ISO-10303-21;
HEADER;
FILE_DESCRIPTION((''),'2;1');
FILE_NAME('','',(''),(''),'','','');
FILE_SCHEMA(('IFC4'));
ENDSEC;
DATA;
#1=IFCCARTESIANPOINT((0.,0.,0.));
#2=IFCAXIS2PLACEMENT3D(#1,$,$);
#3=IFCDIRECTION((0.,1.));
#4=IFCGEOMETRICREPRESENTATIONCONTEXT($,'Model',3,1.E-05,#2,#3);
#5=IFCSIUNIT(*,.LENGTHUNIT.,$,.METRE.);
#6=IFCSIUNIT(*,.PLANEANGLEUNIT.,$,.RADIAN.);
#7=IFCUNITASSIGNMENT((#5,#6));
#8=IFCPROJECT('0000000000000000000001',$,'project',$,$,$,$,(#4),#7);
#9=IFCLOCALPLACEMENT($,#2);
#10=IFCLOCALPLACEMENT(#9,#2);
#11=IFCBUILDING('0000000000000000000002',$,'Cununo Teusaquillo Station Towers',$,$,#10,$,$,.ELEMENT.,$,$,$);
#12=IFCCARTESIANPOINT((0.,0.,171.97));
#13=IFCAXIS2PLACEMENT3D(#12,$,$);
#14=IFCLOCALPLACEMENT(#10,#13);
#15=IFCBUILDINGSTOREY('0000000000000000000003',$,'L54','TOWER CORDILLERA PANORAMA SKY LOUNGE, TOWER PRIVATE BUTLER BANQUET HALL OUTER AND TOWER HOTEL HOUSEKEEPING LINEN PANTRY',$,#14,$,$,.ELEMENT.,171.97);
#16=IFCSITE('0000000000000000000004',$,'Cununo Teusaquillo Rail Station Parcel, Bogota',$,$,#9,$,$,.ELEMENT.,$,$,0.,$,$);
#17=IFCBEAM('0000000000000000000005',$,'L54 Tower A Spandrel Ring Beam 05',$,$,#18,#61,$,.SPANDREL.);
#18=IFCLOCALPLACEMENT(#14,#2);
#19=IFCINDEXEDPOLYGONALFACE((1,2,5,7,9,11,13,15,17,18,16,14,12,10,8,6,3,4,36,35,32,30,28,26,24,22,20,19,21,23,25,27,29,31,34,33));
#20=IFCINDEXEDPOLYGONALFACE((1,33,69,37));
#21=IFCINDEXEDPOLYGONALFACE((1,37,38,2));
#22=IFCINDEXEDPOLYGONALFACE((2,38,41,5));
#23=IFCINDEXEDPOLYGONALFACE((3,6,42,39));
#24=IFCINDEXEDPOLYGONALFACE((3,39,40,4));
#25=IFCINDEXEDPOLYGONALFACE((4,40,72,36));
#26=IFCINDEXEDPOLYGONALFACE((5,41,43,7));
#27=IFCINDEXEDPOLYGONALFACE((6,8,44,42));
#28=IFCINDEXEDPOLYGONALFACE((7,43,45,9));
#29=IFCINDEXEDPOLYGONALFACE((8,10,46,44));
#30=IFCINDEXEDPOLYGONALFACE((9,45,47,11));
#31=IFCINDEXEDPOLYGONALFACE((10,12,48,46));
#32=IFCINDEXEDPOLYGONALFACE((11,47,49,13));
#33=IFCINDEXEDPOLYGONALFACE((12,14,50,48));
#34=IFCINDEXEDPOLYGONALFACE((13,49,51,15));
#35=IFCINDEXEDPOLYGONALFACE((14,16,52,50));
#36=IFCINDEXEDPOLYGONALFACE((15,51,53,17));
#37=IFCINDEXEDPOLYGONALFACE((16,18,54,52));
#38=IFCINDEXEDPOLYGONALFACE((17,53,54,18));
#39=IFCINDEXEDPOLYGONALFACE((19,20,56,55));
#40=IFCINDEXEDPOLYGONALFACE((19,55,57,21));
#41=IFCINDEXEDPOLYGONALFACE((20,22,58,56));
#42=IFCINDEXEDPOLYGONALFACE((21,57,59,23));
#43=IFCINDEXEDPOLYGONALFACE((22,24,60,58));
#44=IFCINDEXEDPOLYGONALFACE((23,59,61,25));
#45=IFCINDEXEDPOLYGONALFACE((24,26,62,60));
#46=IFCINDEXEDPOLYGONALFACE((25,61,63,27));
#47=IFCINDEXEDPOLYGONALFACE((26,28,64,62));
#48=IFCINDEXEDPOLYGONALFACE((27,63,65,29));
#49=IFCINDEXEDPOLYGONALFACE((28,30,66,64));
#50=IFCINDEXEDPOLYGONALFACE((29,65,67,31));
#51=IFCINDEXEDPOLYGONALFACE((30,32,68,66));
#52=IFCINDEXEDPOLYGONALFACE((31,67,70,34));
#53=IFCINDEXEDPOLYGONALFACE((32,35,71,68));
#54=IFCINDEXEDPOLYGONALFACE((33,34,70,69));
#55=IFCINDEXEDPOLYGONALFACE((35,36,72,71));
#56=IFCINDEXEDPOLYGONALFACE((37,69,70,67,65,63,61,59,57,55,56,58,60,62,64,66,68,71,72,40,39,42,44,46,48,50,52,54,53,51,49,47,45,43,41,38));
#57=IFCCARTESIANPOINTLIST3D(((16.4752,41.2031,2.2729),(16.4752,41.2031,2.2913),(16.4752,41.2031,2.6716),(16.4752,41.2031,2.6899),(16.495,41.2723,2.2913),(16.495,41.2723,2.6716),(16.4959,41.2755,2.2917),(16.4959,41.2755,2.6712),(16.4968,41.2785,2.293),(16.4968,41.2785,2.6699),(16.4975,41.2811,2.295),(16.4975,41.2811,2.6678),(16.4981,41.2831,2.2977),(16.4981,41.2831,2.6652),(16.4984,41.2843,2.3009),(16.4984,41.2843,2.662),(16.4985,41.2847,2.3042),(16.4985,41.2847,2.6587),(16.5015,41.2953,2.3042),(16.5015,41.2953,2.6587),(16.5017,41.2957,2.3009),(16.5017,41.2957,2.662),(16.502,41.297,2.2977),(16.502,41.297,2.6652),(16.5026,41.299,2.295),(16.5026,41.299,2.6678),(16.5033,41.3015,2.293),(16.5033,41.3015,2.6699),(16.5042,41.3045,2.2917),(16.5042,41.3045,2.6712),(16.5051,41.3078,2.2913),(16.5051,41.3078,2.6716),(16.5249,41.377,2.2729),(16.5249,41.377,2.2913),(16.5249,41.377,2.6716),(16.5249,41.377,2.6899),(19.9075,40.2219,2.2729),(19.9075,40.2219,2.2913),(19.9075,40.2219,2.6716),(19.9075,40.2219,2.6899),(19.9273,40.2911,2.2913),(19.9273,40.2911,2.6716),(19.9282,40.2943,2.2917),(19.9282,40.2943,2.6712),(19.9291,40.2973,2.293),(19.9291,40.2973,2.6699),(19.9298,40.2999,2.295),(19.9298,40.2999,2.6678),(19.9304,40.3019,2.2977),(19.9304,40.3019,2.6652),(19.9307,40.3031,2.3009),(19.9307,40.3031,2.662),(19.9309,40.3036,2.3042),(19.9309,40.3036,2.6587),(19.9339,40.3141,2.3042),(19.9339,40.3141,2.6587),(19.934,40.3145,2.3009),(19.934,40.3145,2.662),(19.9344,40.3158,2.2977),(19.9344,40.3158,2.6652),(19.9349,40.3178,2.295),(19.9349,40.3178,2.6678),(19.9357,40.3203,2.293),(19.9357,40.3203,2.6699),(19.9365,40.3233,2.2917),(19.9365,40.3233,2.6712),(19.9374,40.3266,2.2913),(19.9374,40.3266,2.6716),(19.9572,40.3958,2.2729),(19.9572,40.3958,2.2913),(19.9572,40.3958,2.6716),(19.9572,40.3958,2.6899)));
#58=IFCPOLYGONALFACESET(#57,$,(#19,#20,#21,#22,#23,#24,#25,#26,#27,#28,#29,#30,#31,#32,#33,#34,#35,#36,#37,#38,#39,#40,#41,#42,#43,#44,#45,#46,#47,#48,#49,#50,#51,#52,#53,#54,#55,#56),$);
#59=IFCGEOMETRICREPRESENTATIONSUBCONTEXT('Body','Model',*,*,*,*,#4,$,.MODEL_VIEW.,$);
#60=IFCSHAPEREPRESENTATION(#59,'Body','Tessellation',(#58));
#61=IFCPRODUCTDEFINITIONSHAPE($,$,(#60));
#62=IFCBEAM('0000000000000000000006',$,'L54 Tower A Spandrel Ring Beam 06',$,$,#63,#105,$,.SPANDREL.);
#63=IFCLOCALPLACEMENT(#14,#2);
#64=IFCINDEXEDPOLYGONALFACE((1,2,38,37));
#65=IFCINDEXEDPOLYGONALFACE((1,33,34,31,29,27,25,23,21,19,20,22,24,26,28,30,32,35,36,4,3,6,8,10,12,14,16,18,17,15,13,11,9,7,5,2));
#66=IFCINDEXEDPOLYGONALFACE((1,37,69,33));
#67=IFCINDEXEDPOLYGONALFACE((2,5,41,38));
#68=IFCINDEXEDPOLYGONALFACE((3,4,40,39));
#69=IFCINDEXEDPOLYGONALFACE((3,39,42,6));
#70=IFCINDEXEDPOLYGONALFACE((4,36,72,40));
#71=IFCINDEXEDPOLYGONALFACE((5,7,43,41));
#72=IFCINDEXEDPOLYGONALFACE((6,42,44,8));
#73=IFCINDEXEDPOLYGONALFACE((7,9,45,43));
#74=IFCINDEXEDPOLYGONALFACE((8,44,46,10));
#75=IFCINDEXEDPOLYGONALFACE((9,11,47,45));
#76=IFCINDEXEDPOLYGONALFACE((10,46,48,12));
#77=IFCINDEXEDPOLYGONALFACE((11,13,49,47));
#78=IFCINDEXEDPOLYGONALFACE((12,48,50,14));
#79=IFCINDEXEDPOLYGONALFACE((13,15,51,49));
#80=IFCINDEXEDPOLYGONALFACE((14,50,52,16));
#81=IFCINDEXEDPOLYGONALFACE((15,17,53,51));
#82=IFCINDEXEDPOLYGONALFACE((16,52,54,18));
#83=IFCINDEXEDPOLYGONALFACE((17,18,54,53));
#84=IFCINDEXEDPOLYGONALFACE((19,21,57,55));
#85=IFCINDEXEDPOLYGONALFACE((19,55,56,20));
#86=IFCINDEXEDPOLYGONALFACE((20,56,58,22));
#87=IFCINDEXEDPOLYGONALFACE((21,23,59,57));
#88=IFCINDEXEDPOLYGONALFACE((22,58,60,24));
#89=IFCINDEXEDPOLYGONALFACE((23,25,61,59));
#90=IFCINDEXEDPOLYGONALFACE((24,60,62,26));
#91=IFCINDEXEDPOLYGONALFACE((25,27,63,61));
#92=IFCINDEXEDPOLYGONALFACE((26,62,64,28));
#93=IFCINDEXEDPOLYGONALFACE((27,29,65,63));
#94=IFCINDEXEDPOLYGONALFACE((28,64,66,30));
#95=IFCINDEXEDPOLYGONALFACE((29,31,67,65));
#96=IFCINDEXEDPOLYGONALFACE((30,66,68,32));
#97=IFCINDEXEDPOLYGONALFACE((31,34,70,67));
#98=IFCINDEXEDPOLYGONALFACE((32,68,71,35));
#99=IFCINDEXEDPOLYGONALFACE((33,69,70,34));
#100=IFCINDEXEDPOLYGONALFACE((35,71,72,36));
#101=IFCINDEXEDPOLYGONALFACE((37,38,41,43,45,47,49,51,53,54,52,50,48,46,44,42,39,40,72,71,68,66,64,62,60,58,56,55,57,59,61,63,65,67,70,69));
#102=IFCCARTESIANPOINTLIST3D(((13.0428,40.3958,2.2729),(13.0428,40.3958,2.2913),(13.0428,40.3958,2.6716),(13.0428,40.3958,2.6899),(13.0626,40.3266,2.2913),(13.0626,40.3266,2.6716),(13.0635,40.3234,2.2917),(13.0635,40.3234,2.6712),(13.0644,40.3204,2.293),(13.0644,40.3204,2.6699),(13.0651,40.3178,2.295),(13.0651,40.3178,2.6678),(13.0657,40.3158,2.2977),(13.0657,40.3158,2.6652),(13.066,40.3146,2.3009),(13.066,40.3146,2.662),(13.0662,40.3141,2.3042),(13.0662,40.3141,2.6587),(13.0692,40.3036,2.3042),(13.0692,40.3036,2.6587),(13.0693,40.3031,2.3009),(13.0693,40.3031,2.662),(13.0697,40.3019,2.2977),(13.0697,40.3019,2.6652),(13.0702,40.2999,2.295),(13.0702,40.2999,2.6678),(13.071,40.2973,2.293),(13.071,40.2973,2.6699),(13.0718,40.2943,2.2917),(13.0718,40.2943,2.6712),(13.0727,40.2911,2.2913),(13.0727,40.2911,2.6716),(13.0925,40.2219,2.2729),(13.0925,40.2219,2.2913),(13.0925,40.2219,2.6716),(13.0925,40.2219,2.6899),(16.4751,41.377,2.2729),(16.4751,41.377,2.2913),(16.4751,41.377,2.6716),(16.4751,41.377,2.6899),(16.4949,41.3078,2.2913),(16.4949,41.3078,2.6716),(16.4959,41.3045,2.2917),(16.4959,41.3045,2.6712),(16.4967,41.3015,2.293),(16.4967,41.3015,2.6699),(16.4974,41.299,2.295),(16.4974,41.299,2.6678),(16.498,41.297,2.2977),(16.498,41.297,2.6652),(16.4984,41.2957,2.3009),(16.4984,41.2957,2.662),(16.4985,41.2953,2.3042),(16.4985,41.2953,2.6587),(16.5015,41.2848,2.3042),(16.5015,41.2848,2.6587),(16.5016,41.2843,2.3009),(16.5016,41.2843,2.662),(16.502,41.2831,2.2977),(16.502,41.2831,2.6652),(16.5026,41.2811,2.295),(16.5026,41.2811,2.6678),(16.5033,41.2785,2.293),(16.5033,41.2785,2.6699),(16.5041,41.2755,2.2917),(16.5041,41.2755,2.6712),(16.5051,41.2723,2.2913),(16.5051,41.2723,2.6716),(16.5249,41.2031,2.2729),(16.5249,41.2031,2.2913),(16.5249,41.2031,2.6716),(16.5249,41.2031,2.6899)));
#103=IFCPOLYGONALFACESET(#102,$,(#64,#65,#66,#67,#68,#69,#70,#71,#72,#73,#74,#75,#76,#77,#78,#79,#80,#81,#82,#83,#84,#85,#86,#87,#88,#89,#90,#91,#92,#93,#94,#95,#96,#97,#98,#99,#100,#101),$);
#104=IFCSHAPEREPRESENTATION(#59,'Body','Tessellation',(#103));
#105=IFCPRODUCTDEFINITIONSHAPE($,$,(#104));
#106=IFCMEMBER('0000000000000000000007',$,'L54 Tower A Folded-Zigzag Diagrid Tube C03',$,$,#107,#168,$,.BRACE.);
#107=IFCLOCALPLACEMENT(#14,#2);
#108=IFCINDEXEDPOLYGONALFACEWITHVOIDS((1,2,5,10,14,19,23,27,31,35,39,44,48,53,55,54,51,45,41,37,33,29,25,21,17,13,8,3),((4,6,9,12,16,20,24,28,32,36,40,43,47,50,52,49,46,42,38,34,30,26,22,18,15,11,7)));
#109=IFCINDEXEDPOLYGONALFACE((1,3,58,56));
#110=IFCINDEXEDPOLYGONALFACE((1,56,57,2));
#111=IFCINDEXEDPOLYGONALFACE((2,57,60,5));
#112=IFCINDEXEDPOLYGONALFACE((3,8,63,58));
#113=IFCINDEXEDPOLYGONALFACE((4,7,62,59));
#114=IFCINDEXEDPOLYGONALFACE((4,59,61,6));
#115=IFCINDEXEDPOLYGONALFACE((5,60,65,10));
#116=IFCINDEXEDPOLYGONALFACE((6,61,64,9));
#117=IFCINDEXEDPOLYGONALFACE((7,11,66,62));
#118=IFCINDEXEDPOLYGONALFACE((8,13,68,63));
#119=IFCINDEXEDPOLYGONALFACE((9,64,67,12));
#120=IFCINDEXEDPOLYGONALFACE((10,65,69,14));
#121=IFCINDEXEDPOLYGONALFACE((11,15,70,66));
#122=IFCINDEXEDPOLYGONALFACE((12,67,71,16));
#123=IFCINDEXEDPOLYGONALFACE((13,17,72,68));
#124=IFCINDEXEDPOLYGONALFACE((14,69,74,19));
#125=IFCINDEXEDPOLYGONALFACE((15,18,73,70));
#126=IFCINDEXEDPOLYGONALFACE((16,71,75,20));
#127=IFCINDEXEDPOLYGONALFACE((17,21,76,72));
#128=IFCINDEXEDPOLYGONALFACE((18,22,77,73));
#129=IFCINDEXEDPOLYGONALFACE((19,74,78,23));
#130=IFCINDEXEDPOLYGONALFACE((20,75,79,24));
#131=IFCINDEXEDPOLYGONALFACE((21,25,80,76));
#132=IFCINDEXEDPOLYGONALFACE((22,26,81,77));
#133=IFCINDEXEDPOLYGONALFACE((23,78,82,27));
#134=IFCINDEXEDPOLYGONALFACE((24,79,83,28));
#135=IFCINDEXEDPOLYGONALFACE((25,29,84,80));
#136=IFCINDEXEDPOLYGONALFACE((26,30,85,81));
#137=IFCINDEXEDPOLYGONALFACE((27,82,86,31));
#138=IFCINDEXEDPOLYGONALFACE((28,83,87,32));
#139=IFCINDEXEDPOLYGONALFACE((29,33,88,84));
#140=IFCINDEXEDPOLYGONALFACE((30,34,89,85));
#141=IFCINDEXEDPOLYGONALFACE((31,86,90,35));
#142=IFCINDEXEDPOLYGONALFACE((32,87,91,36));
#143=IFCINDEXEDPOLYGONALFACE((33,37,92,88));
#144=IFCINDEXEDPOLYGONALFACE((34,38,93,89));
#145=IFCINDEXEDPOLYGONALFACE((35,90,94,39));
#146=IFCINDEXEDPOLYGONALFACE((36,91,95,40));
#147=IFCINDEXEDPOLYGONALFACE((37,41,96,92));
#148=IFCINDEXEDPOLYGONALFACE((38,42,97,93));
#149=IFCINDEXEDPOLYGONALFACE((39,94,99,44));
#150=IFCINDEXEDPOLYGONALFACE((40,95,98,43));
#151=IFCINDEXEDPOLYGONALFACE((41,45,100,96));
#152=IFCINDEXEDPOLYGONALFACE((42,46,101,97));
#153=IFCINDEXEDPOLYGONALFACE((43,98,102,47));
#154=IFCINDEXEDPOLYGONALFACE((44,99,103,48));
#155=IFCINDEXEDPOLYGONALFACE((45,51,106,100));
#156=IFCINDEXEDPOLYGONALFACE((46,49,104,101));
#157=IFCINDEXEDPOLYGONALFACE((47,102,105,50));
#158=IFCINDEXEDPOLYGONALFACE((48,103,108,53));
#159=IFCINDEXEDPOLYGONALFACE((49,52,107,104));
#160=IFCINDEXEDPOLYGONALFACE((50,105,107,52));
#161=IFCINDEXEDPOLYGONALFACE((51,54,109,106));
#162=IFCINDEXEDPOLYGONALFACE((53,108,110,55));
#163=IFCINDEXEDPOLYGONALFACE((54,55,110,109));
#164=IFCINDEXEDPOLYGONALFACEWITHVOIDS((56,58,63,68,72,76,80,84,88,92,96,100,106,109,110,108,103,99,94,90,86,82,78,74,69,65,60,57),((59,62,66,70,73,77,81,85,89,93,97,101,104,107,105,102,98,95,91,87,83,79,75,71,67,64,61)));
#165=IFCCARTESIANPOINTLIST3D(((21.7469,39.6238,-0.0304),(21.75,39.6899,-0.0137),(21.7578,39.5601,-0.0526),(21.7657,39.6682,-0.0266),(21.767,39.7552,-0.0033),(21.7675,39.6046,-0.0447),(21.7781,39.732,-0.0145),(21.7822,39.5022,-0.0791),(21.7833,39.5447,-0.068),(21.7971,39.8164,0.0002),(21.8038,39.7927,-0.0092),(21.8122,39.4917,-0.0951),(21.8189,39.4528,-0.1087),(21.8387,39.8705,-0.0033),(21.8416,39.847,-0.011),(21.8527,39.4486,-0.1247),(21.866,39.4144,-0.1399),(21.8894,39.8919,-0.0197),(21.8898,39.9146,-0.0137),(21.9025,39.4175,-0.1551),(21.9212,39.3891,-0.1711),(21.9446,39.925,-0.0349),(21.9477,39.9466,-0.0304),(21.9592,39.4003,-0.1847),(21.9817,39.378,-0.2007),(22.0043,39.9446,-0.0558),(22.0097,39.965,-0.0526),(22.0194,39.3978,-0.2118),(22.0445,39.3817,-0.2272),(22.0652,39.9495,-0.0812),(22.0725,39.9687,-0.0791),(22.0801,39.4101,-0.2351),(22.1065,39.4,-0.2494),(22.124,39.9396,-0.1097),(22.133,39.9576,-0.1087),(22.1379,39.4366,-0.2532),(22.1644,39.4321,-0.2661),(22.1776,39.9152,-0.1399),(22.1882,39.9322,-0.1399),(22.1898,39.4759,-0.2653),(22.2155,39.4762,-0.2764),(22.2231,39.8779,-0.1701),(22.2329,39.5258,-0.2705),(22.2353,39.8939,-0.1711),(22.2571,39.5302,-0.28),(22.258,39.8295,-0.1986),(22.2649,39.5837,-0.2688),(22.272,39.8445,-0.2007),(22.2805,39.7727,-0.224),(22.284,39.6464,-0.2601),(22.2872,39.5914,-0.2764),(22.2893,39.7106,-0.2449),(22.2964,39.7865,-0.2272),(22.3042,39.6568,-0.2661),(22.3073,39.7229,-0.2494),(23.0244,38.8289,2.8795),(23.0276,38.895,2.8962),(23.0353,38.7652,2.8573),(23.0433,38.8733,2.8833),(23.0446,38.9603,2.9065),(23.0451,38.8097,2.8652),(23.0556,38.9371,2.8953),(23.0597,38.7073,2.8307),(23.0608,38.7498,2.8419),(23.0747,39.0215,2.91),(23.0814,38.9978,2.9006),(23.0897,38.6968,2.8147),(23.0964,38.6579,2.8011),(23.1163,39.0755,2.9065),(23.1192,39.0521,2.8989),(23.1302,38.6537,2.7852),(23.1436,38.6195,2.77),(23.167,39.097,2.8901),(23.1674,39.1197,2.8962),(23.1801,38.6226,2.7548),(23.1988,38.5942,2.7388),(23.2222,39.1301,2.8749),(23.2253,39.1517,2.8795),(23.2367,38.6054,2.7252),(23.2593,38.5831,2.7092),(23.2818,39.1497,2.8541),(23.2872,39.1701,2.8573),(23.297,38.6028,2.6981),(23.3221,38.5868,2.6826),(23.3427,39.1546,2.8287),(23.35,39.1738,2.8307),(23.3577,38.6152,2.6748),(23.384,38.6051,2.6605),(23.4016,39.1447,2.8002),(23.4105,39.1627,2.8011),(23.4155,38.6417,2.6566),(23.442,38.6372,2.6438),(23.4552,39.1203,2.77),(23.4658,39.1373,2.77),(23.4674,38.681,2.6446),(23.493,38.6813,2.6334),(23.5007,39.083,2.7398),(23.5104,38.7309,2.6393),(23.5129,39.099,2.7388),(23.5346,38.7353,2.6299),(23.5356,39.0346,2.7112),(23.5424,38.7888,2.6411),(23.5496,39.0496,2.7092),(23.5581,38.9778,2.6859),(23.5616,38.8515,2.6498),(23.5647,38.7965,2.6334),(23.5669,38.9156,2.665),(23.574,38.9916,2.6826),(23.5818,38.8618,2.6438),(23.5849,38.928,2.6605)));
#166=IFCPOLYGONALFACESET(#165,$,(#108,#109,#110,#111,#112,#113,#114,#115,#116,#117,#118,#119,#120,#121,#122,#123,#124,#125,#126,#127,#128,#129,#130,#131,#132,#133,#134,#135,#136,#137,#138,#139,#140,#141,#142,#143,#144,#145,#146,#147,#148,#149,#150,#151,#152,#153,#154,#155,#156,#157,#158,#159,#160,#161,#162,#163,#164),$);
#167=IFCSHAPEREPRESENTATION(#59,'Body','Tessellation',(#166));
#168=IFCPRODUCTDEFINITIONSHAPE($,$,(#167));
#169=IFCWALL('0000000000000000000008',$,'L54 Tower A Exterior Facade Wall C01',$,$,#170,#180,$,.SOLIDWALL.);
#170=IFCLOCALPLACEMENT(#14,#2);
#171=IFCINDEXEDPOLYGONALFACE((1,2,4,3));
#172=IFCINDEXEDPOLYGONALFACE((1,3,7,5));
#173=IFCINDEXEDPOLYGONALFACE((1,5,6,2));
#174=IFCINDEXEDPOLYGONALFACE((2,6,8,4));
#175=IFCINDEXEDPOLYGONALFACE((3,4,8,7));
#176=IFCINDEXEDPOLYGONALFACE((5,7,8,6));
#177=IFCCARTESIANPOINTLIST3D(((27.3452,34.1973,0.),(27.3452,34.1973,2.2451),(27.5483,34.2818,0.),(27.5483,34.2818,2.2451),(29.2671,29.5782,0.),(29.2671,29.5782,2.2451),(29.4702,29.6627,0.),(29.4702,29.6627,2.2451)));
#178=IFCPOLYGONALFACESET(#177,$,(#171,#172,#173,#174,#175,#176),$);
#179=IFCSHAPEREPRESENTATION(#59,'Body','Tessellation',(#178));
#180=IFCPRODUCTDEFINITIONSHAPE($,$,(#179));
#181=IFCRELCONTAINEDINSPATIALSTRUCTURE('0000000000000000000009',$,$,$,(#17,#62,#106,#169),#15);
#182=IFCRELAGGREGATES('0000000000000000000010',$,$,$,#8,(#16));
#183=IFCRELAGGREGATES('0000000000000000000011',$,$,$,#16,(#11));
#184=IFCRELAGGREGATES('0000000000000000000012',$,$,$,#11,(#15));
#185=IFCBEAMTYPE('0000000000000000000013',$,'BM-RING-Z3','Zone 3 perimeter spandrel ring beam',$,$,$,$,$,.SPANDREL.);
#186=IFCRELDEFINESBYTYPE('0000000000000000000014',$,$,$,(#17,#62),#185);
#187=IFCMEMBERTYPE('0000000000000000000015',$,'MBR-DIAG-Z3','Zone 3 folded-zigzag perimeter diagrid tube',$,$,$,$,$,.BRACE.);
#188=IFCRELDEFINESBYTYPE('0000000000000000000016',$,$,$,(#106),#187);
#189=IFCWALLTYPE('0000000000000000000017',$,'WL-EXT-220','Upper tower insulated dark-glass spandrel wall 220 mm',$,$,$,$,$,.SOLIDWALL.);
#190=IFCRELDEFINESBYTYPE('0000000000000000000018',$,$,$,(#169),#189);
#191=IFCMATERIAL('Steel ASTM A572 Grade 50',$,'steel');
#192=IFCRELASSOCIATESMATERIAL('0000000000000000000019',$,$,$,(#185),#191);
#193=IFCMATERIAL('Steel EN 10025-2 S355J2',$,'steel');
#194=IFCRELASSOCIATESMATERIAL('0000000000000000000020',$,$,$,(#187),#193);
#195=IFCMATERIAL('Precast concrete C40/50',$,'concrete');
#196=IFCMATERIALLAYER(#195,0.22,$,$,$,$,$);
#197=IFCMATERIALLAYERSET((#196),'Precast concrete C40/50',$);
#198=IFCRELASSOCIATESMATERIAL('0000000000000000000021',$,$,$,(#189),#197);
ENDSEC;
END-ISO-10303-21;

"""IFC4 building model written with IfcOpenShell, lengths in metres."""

from ifc_helpers import new_model, si_unit, direction, frame, frame_2d, origin, origin_2d, place, context, subcontext, project, spatial, rectangle, hollow_circle, i_section, extrude, material, layer, layer_set, material_profile, profile_set, type_object, element, save


model = new_model("IFC4")

# Units and contexts
model_context = context("Model", 3, precision=1e-05, world=origin(), true_north=direction((0.0, 1.0)))
body_context = subcontext(model_context, "Body", "Model", "MODEL_VIEW")
ifc_project = project(units=[si_unit("LENGTHUNIT", "METRE"), si_unit("PLANEANGLEUNIT", "RADIAN")], contexts=[model_context])

# Site, building, storey
site_placement = place(None, origin())
site = spatial("IfcSite", under=ifc_project, at=site_placement, Name="Cununo Teusaquillo Rail Station Parcel, Bogota", CompositionType="ELEMENT", RefElevation=0.0)
building_placement = place(site_placement, origin())
building = spatial("IfcBuilding", under=site, at=building_placement, Name="Cununo Teusaquillo Station Towers", CompositionType="ELEMENT")
storey_placement = place(building_placement, frame((0.0, 0.0, 171.97)))
storey = spatial("IfcBuildingStorey", under=building, at=storey_placement, Name="L54", Description="TOWER CORDILLERA PANORAMA SKY LOUNGE, TOWER PRIVATE BUTLER BANQUET HALL OUTER AND TOWER HOTEL HOUSEKEEPING LINEN PANTRY", CompositionType="ELEMENT", Elevation=171.97)

# Beams
ifc_material_1 = material(Name="Steel ASTM A572 Grade 50", Category="steel")
ifc_material_profile_1 = material_profile(ifc_material_1, i_section(OverallWidth=0.1809, OverallDepth=0.417, WebThickness=0.011, FlangeThickness=0.0183, FilletRadius=0.0129, at=origin_2d()), Name="W16X57")
ifc_profile_set_1 = profile_set([ifc_material_profile_1], Name="Steel ASTM A572 Grade 50")
beam_type_1 = type_object("IfcBeamType", Name="BM-RING-Z3", Description="Zone 3 perimeter spandrel ring beam", PredefinedType="SPANDREL", material=ifc_profile_set_1)
for number, where, z_axis, x_axis, name in (
    (1, (19.9324, 40.3088, 2.4814), (-0.961485, 0.274857, 0.0), (-0.274857, -0.961485, 0.0), "L54 Tower A Spandrel Ring Beam 05"),
    (2, (16.5, 41.29, 2.4814), (-0.961485, -0.274857, 0.0), (0.274857, -0.961485, 0.0), "L54 Tower A Spandrel Ring Beam 06"),
):
    element("IfcBeam", number, at=place(storey_placement, frame(where, z_axis=z_axis, x_axis=x_axis)), inside=storey, type_object=beam_type_1, Name=name, PredefinedType="SPANDREL", context=body_context, shape_type="SweptSolid", body=[
        extrude(i_section(OverallWidth=0.1809, OverallDepth=0.417, WebThickness=0.011, FlangeThickness=0.0183, FilletRadius=0.0129, at=origin_2d()), origin(), (0.0, 0.0, 1.0), 3.5698),
    ])

# Member
ifc_material_2 = material(Name="Steel EN 10025-2 S355J2", Category="steel")
ifc_material_profile_2 = material_profile(ifc_material_2, hollow_circle(Radius=0.3049, WallThickness=0.02, at=origin_2d()), Name="CHS 610x20")
ifc_profile_set_2 = profile_set([ifc_material_profile_2], Name="Steel EN 10025-2 S355J2")
member_type = type_object("IfcMemberType", Name="MBR-DIAG-Z3", Description="Zone 3 folded-zigzag perimeter diagrid tube", PredefinedType="BRACE", material=ifc_profile_set_2)
member_placement = place(storey_placement, frame((22.0271, 39.6733, -0.1399), z_axis=(0.389992, -0.242655, 0.88827), x_axis=(0.528291, 0.849063, 0.0)))
element("IfcMember", 3, at=member_placement, inside=storey, type_object=member_type, Name="L54 Tower A Folded-Zigzag Diagrid Tube C03", PredefinedType="BRACE", context=body_context, shape_type="SweptSolid", body=[
    extrude(hollow_circle(Radius=0.3049, WallThickness=0.02, at=origin_2d()), origin(), (0.0, 0.0, 1.0), 3.2759),
])

# Wall
ifc_material_3 = material(Name="Precast concrete C40/50", Category="concrete")
ifc_layer_1 = layer(ifc_material_3, 0.22)
ifc_layer_set_1 = layer_set([ifc_layer_1], Name="Precast concrete C40/50")
wall_type_1 = type_object("IfcWallType", Name="WL-EXT-220", Description="Upper tower insulated dark-glass spandrel wall 220 mm", PredefinedType="SOLIDWALL", material=ifc_layer_set_1)
wall_1_placement = place(storey_placement, frame((27.4468, 34.2395, 0.0), z_axis=(0.0, 0.0, 1.0), x_axis=(0.384144, -0.923273, 0.0)))
element("IfcWall", 4, at=wall_1_placement, inside=storey, type_object=wall_type_1, Name="L54 Tower A Exterior Facade Wall C01", PredefinedType="SOLIDWALL", context=body_context, shape_type="SweptSolid", body=[
    extrude(rectangle(XDim=5.0029, YDim=0.22, at=frame_2d((2.5015, 0.0))), origin(), (0.0, 0.0, 1.0), 2.2451),
])

save(model, "model.ifc")
